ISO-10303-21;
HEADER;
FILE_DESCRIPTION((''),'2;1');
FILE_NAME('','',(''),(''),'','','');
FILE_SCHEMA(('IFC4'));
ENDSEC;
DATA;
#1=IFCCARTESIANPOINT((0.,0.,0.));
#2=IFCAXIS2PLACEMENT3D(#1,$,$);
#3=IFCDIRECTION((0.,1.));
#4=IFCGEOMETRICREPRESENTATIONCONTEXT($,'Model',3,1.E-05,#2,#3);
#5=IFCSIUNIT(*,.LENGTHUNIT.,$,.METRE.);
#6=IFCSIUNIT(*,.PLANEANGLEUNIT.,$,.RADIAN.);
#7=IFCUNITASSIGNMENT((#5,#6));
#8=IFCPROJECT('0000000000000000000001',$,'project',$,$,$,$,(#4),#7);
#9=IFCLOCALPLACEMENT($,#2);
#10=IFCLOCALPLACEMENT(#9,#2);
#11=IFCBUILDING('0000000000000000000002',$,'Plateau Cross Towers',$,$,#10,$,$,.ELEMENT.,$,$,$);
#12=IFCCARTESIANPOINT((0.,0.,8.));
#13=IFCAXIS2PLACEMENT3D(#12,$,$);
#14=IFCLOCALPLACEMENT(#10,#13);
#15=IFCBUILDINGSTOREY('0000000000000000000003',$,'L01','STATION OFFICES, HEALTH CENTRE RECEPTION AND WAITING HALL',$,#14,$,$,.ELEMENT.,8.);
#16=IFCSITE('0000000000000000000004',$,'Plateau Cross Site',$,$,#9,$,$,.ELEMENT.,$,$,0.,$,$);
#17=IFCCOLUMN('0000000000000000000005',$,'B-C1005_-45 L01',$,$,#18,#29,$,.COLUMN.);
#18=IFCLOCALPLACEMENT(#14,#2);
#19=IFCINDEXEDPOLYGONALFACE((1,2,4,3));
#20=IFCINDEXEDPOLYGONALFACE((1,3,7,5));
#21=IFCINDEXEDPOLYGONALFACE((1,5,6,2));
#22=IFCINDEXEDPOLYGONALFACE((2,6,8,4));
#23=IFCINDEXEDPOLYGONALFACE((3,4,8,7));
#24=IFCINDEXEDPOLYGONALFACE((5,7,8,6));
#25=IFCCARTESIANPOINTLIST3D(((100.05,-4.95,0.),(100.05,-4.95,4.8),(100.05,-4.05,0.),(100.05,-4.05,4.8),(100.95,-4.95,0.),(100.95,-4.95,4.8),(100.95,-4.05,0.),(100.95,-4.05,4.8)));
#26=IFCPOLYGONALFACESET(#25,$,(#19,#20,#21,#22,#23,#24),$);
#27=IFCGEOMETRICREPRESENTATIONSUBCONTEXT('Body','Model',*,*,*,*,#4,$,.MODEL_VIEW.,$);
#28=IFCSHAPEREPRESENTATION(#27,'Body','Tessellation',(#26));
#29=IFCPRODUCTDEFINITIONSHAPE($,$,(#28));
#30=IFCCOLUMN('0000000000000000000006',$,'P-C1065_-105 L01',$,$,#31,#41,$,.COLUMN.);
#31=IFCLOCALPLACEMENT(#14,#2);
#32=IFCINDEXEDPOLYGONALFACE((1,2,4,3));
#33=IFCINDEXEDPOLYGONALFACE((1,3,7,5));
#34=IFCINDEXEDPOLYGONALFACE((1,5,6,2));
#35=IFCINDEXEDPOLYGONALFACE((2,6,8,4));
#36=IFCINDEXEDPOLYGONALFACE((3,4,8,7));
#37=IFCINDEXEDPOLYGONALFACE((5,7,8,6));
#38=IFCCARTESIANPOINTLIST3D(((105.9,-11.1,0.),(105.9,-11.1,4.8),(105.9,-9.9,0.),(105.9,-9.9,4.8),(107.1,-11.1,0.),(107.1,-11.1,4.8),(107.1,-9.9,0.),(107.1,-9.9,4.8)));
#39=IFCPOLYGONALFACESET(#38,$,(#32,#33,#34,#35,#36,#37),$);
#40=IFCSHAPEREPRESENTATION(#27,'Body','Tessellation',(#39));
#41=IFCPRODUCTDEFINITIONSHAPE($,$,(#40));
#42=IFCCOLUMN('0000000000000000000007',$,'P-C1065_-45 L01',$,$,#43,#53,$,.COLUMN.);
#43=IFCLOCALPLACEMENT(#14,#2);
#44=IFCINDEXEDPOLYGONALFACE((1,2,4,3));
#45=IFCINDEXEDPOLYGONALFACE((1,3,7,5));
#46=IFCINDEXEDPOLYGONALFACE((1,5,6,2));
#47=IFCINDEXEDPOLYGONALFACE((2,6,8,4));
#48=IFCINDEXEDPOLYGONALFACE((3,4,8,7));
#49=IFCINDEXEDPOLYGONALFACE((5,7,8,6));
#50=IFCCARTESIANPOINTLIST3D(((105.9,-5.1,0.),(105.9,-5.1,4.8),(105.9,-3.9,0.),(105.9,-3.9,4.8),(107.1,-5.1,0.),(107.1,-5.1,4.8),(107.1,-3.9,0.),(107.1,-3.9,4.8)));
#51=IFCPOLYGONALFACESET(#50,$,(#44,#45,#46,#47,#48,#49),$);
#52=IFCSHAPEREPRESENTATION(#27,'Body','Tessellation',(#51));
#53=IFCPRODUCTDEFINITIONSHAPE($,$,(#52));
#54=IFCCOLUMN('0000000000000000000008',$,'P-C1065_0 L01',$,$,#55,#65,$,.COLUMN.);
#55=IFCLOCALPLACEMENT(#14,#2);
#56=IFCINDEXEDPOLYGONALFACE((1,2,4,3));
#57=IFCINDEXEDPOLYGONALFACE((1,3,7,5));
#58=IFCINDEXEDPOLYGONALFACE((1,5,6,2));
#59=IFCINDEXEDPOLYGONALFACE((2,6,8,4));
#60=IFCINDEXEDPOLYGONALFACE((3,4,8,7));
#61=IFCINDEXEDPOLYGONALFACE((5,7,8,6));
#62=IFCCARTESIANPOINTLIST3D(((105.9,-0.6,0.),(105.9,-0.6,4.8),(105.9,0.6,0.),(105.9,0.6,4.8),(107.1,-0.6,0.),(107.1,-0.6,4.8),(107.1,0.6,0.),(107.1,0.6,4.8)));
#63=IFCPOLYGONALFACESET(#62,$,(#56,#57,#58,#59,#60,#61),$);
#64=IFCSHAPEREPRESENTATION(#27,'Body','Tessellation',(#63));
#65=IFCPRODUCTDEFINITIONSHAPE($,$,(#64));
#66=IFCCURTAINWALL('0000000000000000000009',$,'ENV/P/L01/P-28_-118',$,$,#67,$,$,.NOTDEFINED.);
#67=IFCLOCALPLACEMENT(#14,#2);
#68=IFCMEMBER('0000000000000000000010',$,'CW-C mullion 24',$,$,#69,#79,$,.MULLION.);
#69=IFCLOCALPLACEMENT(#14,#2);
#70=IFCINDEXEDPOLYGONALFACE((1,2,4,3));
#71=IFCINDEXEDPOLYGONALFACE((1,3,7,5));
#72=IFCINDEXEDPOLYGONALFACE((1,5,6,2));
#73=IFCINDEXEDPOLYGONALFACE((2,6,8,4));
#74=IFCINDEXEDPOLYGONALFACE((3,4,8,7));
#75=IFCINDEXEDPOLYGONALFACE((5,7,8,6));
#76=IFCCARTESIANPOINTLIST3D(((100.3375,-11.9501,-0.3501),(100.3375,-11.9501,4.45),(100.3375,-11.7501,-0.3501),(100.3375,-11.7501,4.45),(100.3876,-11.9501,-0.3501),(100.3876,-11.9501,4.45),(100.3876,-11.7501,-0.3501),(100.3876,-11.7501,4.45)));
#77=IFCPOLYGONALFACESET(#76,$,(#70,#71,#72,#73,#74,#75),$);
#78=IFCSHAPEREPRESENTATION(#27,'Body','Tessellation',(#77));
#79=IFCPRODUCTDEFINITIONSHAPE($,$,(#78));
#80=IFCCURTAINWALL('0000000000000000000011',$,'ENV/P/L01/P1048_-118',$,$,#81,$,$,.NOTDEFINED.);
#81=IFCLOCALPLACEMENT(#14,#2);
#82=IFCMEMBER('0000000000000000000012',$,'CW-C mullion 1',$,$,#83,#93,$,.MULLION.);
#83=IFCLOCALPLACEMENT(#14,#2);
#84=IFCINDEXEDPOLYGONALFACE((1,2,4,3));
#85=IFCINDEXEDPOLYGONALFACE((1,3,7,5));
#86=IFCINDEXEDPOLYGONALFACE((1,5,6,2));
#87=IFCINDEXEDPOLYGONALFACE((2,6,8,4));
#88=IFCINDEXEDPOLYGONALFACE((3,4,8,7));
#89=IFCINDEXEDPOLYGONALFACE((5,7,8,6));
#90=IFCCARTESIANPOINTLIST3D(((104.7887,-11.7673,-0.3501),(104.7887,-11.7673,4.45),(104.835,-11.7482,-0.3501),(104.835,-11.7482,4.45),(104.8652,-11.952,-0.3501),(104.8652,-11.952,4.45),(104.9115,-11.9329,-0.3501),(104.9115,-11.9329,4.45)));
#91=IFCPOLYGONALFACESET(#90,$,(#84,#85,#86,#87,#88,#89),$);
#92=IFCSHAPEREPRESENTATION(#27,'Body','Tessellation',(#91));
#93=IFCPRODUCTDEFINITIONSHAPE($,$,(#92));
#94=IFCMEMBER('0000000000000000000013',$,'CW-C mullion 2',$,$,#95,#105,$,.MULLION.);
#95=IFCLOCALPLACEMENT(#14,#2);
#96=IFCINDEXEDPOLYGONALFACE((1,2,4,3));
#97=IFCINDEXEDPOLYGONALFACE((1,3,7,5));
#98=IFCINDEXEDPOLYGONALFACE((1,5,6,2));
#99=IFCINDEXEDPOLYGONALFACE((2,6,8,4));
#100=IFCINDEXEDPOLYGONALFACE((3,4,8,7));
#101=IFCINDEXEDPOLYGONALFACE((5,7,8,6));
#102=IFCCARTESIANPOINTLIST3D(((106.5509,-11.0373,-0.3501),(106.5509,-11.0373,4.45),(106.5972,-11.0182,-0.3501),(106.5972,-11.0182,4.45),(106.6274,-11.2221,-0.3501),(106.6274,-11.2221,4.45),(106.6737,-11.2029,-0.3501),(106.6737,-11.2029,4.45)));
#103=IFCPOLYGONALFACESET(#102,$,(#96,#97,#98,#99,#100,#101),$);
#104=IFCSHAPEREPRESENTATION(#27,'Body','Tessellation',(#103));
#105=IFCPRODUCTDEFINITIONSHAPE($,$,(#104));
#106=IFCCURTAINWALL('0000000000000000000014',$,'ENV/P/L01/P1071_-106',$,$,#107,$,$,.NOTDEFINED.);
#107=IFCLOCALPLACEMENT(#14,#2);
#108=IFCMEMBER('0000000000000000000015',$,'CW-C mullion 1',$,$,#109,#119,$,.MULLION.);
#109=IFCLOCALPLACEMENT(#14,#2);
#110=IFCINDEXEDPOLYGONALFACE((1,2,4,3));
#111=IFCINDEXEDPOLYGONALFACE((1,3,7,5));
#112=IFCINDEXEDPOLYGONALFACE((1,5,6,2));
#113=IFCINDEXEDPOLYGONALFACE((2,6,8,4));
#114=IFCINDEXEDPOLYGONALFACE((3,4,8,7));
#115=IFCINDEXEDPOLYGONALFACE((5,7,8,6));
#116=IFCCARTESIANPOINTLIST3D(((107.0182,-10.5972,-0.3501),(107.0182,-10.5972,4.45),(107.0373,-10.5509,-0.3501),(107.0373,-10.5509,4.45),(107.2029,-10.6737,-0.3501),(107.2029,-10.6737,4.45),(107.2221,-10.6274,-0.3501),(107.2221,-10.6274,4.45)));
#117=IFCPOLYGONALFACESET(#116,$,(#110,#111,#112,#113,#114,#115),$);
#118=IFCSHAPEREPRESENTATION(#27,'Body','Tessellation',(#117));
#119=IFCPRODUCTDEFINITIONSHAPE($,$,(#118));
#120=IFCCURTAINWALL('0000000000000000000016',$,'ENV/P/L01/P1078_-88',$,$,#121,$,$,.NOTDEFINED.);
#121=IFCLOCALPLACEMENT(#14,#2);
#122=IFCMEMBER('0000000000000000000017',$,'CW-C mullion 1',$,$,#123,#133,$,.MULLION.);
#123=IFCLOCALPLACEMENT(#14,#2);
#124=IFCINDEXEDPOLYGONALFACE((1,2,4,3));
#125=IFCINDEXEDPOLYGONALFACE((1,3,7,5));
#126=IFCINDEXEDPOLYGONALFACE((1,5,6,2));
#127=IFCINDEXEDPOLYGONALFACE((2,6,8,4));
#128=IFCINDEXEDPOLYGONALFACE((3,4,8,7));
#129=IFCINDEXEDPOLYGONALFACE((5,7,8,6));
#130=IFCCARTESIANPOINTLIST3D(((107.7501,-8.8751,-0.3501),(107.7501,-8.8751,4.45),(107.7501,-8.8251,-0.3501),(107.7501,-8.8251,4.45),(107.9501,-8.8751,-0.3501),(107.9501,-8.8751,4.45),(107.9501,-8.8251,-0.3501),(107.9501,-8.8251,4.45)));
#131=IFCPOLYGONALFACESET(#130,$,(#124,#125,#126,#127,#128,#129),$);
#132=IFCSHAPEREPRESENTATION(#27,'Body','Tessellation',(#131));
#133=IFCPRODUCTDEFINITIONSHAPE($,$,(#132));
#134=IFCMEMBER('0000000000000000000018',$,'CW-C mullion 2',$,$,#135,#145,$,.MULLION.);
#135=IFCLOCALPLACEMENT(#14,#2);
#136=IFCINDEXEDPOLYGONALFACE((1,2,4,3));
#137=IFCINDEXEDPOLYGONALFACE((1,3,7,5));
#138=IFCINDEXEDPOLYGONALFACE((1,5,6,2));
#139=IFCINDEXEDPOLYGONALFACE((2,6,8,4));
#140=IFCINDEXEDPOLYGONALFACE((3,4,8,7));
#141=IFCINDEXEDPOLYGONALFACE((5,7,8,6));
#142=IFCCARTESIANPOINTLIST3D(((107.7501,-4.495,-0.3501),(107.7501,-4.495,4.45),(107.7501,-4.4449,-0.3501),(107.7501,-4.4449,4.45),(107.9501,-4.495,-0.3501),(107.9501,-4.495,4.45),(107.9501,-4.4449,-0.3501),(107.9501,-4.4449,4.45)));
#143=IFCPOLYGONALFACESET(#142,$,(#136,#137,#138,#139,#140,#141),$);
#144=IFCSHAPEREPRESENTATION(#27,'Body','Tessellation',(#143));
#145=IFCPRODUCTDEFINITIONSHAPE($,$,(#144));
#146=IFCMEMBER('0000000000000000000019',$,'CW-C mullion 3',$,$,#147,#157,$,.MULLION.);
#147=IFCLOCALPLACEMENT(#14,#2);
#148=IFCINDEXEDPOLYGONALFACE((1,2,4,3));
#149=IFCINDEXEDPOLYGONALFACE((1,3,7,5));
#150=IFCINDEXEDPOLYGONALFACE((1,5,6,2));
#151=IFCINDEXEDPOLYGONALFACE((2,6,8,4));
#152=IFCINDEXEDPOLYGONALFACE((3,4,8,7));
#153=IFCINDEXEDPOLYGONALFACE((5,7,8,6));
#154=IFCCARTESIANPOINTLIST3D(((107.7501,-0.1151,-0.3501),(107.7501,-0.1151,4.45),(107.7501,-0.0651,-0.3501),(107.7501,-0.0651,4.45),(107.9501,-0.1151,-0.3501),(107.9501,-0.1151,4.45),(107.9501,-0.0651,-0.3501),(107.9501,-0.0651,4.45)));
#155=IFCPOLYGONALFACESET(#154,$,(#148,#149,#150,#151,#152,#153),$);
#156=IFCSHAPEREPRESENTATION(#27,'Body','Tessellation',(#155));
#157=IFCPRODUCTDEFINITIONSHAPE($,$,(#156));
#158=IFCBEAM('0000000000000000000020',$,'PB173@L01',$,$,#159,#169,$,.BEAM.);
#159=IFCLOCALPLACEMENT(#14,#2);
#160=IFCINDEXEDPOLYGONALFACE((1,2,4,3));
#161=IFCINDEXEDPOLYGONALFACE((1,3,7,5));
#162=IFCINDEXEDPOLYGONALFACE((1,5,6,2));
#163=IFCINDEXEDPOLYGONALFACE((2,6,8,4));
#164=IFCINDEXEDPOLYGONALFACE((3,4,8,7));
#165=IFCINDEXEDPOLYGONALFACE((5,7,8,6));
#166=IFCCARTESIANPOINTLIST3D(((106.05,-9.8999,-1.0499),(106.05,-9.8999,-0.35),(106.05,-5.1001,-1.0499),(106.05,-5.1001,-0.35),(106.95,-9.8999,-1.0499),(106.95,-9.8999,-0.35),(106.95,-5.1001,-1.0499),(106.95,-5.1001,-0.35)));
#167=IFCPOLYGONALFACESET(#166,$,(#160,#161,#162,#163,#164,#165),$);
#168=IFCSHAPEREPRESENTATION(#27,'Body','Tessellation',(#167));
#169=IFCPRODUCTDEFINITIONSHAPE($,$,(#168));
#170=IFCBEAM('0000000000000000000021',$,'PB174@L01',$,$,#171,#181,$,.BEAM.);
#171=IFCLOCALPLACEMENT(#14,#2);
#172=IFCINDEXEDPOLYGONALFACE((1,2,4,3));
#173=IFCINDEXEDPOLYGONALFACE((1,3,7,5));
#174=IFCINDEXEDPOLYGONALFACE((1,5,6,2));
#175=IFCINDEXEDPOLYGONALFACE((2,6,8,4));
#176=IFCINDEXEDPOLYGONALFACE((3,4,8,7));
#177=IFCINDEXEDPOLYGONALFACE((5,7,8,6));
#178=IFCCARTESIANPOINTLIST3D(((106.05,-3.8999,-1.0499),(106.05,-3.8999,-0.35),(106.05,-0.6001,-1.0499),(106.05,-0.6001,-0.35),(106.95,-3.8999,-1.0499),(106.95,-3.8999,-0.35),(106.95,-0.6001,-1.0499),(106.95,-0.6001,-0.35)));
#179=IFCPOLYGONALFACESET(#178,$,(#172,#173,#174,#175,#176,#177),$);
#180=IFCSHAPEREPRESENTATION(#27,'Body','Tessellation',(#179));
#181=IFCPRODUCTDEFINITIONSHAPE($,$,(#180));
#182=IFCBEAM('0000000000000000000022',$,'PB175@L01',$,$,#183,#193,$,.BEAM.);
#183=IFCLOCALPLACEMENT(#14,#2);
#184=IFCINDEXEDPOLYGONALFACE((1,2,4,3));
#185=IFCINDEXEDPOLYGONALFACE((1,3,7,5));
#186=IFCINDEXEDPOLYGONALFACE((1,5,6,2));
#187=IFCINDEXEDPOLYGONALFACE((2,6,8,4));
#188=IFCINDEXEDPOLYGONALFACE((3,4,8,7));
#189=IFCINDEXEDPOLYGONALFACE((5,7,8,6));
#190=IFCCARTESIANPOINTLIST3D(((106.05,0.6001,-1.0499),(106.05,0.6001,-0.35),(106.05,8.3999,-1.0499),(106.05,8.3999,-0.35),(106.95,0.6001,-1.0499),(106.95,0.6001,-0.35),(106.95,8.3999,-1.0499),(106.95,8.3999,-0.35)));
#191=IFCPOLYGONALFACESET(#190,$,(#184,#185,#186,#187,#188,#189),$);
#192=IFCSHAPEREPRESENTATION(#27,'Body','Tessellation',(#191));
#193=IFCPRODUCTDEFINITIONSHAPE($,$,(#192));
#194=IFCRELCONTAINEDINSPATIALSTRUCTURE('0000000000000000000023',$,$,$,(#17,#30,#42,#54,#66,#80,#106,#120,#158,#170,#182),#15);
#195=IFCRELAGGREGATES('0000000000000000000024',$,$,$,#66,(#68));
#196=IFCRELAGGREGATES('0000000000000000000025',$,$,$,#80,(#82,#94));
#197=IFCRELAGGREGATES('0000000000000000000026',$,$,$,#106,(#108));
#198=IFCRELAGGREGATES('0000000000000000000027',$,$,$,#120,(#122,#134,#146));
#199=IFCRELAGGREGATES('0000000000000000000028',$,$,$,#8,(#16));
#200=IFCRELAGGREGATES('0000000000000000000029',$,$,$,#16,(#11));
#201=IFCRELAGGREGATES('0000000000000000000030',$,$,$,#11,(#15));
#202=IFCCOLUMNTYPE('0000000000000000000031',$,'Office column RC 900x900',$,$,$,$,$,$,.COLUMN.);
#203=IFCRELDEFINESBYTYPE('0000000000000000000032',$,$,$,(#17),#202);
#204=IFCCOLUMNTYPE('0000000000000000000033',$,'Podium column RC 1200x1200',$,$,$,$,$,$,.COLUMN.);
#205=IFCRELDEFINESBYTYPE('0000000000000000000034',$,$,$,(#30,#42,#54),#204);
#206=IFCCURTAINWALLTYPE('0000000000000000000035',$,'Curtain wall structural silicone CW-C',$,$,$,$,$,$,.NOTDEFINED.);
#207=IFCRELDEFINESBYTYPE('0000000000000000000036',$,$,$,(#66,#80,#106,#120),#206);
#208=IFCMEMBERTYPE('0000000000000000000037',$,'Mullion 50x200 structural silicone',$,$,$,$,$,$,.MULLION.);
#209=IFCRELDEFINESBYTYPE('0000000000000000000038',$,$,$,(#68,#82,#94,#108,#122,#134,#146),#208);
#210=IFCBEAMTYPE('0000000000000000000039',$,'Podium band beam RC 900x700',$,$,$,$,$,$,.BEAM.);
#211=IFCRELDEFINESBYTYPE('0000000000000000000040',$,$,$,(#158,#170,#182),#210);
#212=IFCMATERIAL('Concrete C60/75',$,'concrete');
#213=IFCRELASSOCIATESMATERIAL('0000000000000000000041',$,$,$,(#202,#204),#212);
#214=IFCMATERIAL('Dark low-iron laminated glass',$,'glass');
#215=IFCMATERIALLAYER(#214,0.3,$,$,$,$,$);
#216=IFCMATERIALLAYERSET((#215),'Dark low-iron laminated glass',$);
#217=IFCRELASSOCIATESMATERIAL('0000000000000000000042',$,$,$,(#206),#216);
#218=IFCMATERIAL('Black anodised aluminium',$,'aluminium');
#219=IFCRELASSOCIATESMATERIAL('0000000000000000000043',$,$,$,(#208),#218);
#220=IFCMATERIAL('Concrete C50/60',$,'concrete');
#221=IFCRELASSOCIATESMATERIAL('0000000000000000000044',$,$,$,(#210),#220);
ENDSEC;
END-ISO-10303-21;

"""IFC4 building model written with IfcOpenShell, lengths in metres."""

from ifc_helpers import new_model, si_unit, direction, frame, origin, origin_2d, place, context, subcontext, project, spatial, rectangle, extrude, material, layer, layer_set, material_profile, profile_set, type_object, element, aggregate, save


model = new_model("IFC4")

# Units and contexts
model_context = context("Model", 3, precision=1e-05, world=origin(), true_north=direction((0.0, 1.0)))
body_context = subcontext(model_context, "Body", "Model", "MODEL_VIEW")
ifc_project = project(units=[si_unit("LENGTHUNIT", "METRE"), si_unit("PLANEANGLEUNIT", "RADIAN")], contexts=[model_context])

# Site, building, storey
site_placement = place(None, origin())
site = spatial("IfcSite", under=ifc_project, at=site_placement, Name="Plateau Cross Site", CompositionType="ELEMENT", RefElevation=0.0)
building_placement = place(site_placement, origin())
building = spatial("IfcBuilding", under=site, at=building_placement, Name="Plateau Cross Towers", CompositionType="ELEMENT")
storey_placement = place(building_placement, frame((0.0, 0.0, 8.0)))
storey = spatial("IfcBuildingStorey", under=building, at=storey_placement, Name="L01", Description="STATION OFFICES, HEALTH CENTRE RECEPTION AND WAITING HALL", CompositionType="ELEMENT", Elevation=8.0)

# Columns
ifc_material_1 = material(Name="Concrete C60/75", Category="concrete")
ifc_material_profile_1 = material_profile(ifc_material_1, rectangle(XDim=0.8999, YDim=0.8999, at=origin_2d()), Name="RC 900x900")
ifc_profile_set_1 = profile_set([ifc_material_profile_1], Name="Concrete C60/75")
column_type_1 = type_object("IfcColumnType", Name="Office column RC 900x900", PredefinedType="COLUMN", material=ifc_profile_set_1)
column_placement = place(storey_placement, frame((100.5, -4.5, 0.0), z_axis=(0.0, 0.0, 1.0), x_axis=(1.0, 0.0, 0.0)))
element("IfcColumn", 1, at=column_placement, inside=storey, type_object=column_type_1, Name="B-C1005_-45 L01", PredefinedType="COLUMN", context=body_context, shape_type="SweptSolid", body=[
    extrude(rectangle(XDim=0.8999, YDim=0.8999, at=origin_2d()), origin(), (0.0, 0.0, 1.0), 4.8),
])
ifc_material_profile_2 = material_profile(ifc_material_1, rectangle(XDim=1.2, YDim=1.2, at=origin_2d()), Name="RC 1200x1200")
ifc_profile_set_2 = profile_set([ifc_material_profile_2], Name="Concrete C60/75")
column_type_2 = type_object("IfcColumnType", Name="Podium column RC 1200x1200", PredefinedType="COLUMN", material=ifc_profile_set_2)
for number, where, z_axis, x_axis, name in (
    (2, (106.5, -10.5, 0.0), (0.0, 0.0, 1.0), (1.0, 0.0, 0.0), "P-C1065_-105 L01"),
    (3, (106.5, -4.5, 0.0), (0.0, 0.0, 1.0), (1.0, 0.0, 0.0), "P-C1065_-45 L01"),
    (4, (106.5, 0.0, 0.0), (0.0, 0.0, 1.0), (1.0, 0.0, 0.0), "P-C1065_0 L01"),
):
    element("IfcColumn", number, at=place(storey_placement, frame(where, z_axis=z_axis, x_axis=x_axis)), inside=storey, type_object=column_type_2, Name=name, PredefinedType="COLUMN", context=body_context, shape_type="SweptSolid", body=[
        extrude(rectangle(XDim=1.2, YDim=1.2, at=origin_2d()), origin(), (0.0, 0.0, 1.0), 4.8),
    ])

# Curtain wall, member
ifc_material_2 = material(Name="Dark low-iron laminated glass", Category="glass")
ifc_layer_1 = layer(ifc_material_2, 0.3)
ifc_layer_set_1 = layer_set([ifc_layer_1], Name="Dark low-iron laminated glass")
curtain_wall_type = type_object("IfcCurtainWallType", Name="Curtain wall structural silicone CW-C", PredefinedType="NOTDEFINED", material=ifc_layer_set_1)
curtain_wall_1_placement = place(storey_placement, origin())
curtain_wall_1 = element("IfcCurtainWall", 5, at=curtain_wall_1_placement, inside=storey, type_object=curtain_wall_type, Name="ENV/P/L01/P-28_-118", PredefinedType="NOTDEFINED")
ifc_material_3 = material(Name="Black anodised aluminium", Category="aluminium")
ifc_material_profile_3 = material_profile(ifc_material_3, rectangle(XDim=0.05, YDim=0.2, at=origin_2d()), Name="MULLION 50x200")
ifc_profile_set_3 = profile_set([ifc_material_profile_3], Name="Black anodised aluminium")
member_type_1 = type_object("IfcMemberType", Name="Mullion 50x200 structural silicone", PredefinedType="MULLION", material=ifc_profile_set_3)
member_1_placement = place(storey_placement, frame((100.3625, -11.8501, -0.3501), z_axis=(0.0, 0.0, 1.0), x_axis=(1.0, 0.0, 0.0)))
member_1 = element("IfcMember", 6, at=member_1_placement, type_object=member_type_1, Name="CW-C mullion 24", PredefinedType="MULLION", context=body_context, shape_type="SweptSolid", body=[
    extrude(rectangle(XDim=0.05, YDim=0.2, at=origin_2d()), origin(), (0.0, 0.0, 1.0), 4.8),
])

# Curtain wall, members
curtain_wall_2_placement = place(storey_placement, origin())
curtain_wall_2 = element("IfcCurtainWall", 7, at=curtain_wall_2_placement, inside=storey, type_object=curtain_wall_type, Name="ENV/P/L01/P1048_-118", PredefinedType="NOTDEFINED")
member_2_placement = place(storey_placement, frame((104.8501, -11.8501, -0.3501), z_axis=(0.0, 0.0, 1.0), x_axis=(0.923879, 0.382684, 0.0)))
member_2 = element("IfcMember", 8, at=member_2_placement, type_object=member_type_1, Name="CW-C mullion 1", PredefinedType="MULLION", context=body_context, shape_type="SweptSolid", body=[
    extrude(rectangle(XDim=0.05, YDim=0.2, at=origin_2d()), origin(), (0.0, 0.0, 1.0), 4.8),
])
member_3_placement = place(storey_placement, frame((106.6123, -11.1201, -0.3501), z_axis=(0.0, 0.0, 1.0), x_axis=(0.923879, 0.382684, 0.0)))
member_3 = element("IfcMember", 9, at=member_3_placement, type_object=member_type_1, Name="CW-C mullion 2", PredefinedType="MULLION", context=body_context, shape_type="SweptSolid", body=[
    extrude(rectangle(XDim=0.05, YDim=0.2, at=origin_2d()), origin(), (0.0, 0.0, 1.0), 4.8),
])

# Curtain wall, member
curtain_wall_3_placement = place(storey_placement, origin())
curtain_wall_3 = element("IfcCurtainWall", 10, at=curtain_wall_3_placement, inside=storey, type_object=curtain_wall_type, Name="ENV/P/L01/P1071_-106", PredefinedType="NOTDEFINED")
member_4_placement = place(storey_placement, frame((107.1201, -10.6123, -0.3501), z_axis=(0.0, 0.0, 1.0), x_axis=(0.382684, 0.923879, 0.0)))
member_4 = element("IfcMember", 11, at=member_4_placement, type_object=member_type_1, Name="CW-C mullion 1", PredefinedType="MULLION", context=body_context, shape_type="SweptSolid", body=[
    extrude(rectangle(XDim=0.05, YDim=0.2, at=origin_2d()), origin(), (0.0, 0.0, 1.0), 4.8),
])

# Curtain wall, members
curtain_wall_4_placement = place(storey_placement, origin())
curtain_wall_4 = element("IfcCurtainWall", 12, at=curtain_wall_4_placement, inside=storey, type_object=curtain_wall_type, Name="ENV/P/L01/P1078_-88", PredefinedType="NOTDEFINED")
member_5_placement = place(storey_placement, frame((107.8501, -8.8501, -0.3501), z_axis=(0.0, 0.0, 1.0), x_axis=(0.0, 1.0, 0.0)))
member_5 = element("IfcMember", 13, at=member_5_placement, type_object=member_type_1, Name="CW-C mullion 1", PredefinedType="MULLION", context=body_context, shape_type="SweptSolid", body=[
    extrude(rectangle(XDim=0.05, YDim=0.2, at=origin_2d()), origin(), (0.0, 0.0, 1.0), 4.8),
])
member_6_placement = place(storey_placement, frame((107.8501, -4.47, -0.3501), z_axis=(0.0, 0.0, 1.0), x_axis=(0.0, 1.0, 0.0)))
member_6 = element("IfcMember", 14, at=member_6_placement, type_object=member_type_1, Name="CW-C mullion 2", PredefinedType="MULLION", context=body_context, shape_type="SweptSolid", body=[
    extrude(rectangle(XDim=0.05, YDim=0.2, at=origin_2d()), origin(), (0.0, 0.0, 1.0), 4.8),
])
member_7_placement = place(storey_placement, frame((107.8501, -0.0901, -0.3501), z_axis=(0.0, 0.0, 1.0), x_axis=(0.0, 1.0, 0.0)))
member_7 = element("IfcMember", 15, at=member_7_placement, type_object=member_type_1, Name="CW-C mullion 3", PredefinedType="MULLION", context=body_context, shape_type="SweptSolid", body=[
    extrude(rectangle(XDim=0.05, YDim=0.2, at=origin_2d()), origin(), (0.0, 0.0, 1.0), 4.8),
])

# Beams
ifc_material_4 = material(Name="Concrete C50/60", Category="concrete")
ifc_material_profile_4 = material_profile(ifc_material_4, rectangle(XDim=0.8999, YDim=0.7, at=origin_2d()), Name="RC 900x700")
ifc_profile_set_4 = profile_set([ifc_material_profile_4], Name="Concrete C50/60")
beam_type = type_object("IfcBeamType", Name="Podium band beam RC 900x700", PredefinedType="BEAM", material=ifc_profile_set_4)
beam_1_placement = place(storey_placement, frame((106.5, -9.8999, -0.7), z_axis=(0.0, 1.0, 0.0), x_axis=(-1.0, 0.0, 0.0)))
element("IfcBeam", 16, at=beam_1_placement, inside=storey, type_object=beam_type, Name="PB173@L01", PredefinedType="BEAM", context=body_context, shape_type="SweptSolid", body=[
    extrude(rectangle(XDim=0.8999, YDim=0.7, at=origin_2d()), origin(), (0.0, 0.0, 1.0), 4.7998),
])
beam_2_placement = place(storey_placement, frame((106.5, -3.8999, -0.7), z_axis=(0.0, 1.0, 0.0), x_axis=(-1.0, 0.0, 0.0)))
element("IfcBeam", 17, at=beam_2_placement, inside=storey, type_object=beam_type, Name="PB174@L01", PredefinedType="BEAM", context=body_context, shape_type="SweptSolid", body=[
    extrude(rectangle(XDim=0.8999, YDim=0.7, at=origin_2d()), origin(), (0.0, 0.0, 1.0), 3.2998),
])
beam_3_placement = place(storey_placement, frame((106.5, 0.6001, -0.7), z_axis=(0.0, 1.0, 0.0), x_axis=(-1.0, 0.0, 0.0)))
element("IfcBeam", 18, at=beam_3_placement, inside=storey, type_object=beam_type, Name="PB175@L01", PredefinedType="BEAM", context=body_context, shape_type="SweptSolid", body=[
    extrude(rectangle(XDim=0.8999, YDim=0.7, at=origin_2d()), origin(), (0.0, 0.0, 1.0), 7.7998),
])

aggregate(curtain_wall_1, [member_1])
aggregate(curtain_wall_2, [member_2, member_3])
aggregate(curtain_wall_3, [member_4])
aggregate(curtain_wall_4, [member_5, member_6, member_7])

save(model, "model.ifc")
